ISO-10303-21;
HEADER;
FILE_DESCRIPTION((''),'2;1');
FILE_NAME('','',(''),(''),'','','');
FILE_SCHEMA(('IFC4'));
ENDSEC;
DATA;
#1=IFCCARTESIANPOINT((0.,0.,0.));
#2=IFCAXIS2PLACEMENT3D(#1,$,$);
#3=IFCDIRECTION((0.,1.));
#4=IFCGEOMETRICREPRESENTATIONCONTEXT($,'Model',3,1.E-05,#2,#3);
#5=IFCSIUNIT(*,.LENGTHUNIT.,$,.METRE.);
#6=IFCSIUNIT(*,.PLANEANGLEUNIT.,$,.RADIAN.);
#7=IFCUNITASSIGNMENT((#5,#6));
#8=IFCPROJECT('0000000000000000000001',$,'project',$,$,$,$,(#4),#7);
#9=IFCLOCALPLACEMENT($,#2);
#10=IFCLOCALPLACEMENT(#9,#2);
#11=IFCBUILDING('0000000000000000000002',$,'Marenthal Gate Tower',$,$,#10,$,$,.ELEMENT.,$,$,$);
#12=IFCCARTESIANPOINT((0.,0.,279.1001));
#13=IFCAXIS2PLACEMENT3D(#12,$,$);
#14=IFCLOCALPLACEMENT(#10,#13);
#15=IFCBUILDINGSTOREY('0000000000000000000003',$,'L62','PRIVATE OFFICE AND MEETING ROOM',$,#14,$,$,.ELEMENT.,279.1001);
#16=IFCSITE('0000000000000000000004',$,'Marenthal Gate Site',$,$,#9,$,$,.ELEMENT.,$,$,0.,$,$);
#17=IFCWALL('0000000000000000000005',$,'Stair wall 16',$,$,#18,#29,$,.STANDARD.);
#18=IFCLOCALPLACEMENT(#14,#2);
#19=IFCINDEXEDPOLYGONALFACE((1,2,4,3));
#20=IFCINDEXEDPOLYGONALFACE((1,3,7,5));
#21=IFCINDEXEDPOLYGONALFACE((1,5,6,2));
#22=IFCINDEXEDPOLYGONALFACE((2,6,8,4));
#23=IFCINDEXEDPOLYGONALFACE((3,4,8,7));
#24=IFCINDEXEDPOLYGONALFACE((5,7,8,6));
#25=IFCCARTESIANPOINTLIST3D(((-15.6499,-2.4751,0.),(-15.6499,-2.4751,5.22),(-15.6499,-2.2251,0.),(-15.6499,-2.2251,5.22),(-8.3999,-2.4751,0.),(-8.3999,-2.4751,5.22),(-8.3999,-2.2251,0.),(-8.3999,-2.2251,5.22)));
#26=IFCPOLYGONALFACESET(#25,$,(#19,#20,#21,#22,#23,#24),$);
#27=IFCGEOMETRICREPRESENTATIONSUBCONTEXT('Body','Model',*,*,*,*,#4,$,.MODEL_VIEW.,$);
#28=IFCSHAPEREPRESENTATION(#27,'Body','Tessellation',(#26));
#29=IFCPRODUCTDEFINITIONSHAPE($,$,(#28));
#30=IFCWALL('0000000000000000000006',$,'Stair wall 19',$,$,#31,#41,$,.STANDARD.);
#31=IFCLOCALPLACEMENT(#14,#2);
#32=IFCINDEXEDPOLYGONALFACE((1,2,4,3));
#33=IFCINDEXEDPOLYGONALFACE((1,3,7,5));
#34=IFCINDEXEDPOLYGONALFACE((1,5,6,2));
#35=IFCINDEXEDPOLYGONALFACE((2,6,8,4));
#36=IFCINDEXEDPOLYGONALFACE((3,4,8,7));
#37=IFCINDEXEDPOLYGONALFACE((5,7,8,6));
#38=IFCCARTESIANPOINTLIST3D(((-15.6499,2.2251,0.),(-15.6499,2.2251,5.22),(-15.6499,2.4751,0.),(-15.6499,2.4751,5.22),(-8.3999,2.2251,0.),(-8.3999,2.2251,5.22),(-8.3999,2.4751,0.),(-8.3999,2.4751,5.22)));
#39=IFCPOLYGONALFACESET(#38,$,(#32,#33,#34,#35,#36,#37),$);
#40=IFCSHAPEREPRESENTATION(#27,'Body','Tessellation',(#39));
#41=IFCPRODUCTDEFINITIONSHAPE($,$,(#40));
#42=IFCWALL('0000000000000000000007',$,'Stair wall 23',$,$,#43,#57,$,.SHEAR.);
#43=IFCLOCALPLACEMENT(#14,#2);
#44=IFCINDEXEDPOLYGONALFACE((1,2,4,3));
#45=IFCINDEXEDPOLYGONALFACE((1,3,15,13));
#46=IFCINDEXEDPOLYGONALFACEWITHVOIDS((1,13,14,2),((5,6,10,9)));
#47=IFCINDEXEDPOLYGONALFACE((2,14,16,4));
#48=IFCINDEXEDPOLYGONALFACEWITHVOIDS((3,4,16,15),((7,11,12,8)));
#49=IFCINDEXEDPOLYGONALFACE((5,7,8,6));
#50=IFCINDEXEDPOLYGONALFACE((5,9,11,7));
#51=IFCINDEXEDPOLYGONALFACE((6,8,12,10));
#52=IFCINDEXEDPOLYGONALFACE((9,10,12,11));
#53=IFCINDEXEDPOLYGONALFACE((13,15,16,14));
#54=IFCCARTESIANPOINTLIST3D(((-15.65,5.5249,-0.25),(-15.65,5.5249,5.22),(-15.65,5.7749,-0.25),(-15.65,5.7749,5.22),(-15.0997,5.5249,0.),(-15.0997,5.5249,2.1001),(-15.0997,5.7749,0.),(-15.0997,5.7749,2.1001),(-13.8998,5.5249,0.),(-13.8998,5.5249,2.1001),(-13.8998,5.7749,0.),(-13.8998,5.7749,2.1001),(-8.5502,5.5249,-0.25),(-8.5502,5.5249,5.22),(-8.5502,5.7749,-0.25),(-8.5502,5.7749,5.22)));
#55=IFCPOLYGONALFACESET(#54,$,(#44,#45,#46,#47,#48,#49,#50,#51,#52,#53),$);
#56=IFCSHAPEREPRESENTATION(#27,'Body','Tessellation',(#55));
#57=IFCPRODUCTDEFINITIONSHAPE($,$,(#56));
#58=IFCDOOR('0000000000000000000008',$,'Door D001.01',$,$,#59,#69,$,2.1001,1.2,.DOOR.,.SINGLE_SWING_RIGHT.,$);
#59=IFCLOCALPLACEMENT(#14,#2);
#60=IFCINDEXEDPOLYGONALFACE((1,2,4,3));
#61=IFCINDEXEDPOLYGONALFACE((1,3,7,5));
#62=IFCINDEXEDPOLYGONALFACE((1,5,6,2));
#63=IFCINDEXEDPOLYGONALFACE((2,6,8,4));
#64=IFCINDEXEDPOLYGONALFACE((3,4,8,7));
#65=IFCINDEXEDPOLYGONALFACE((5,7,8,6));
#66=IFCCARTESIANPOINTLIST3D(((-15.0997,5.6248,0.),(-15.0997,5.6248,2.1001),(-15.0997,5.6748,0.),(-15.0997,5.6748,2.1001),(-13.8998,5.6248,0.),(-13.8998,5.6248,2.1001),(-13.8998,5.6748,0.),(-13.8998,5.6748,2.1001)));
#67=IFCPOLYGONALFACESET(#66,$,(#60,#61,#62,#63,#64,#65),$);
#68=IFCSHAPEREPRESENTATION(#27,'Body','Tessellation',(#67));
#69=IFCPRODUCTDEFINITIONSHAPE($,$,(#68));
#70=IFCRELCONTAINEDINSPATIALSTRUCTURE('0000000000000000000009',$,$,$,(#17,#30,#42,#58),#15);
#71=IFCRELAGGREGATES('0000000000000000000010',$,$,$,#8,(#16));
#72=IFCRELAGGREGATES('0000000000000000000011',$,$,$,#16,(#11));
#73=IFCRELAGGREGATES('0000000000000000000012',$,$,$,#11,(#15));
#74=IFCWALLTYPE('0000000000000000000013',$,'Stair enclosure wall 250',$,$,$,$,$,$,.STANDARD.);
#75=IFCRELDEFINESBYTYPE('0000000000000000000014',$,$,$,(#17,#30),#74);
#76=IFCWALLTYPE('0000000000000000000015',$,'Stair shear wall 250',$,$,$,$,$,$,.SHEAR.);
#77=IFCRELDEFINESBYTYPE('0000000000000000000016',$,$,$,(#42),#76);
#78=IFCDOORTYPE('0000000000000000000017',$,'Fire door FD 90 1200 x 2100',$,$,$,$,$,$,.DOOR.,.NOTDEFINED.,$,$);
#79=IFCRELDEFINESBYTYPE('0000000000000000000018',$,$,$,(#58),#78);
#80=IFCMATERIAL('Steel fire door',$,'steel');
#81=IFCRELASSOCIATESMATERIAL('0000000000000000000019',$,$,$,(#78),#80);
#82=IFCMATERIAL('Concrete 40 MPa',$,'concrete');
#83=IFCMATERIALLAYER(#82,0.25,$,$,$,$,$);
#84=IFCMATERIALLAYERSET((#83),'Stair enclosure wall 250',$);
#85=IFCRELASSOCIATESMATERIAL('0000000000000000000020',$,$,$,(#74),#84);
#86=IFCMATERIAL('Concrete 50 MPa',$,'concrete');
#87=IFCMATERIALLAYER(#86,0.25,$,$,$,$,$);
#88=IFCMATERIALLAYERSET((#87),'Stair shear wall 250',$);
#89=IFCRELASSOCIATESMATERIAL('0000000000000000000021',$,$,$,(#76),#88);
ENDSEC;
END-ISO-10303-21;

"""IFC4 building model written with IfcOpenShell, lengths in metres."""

from ifc_helpers import new_model, si_unit, direction, frame, frame_2d, origin, place, context, subcontext, project, spatial, rectangle, extrude, material, layer, layer_set, type_object, element, fill, save


model = new_model("IFC4")

# Units and contexts
model_context = context("Model", 3, precision=1e-05, world=origin(), true_north=direction((0.0, 1.0)))
body_context = subcontext(model_context, "Body", "Model", "MODEL_VIEW")
ifc_project = project(units=[si_unit("LENGTHUNIT", "METRE"), si_unit("PLANEANGLEUNIT", "RADIAN")], contexts=[model_context])

# Site, building, storey
site_placement = place(None, origin())
site = spatial("IfcSite", under=ifc_project, at=site_placement, Name="Marenthal Gate Site", CompositionType="ELEMENT", RefElevation=0.0)
building_placement = place(site_placement, origin())
building = spatial("IfcBuilding", under=site, at=building_placement, Name="Marenthal Gate Tower", CompositionType="ELEMENT")
storey_placement = place(building_placement, frame((0.0, 0.0, 279.1001)))
storey = spatial("IfcBuildingStorey", under=building, at=storey_placement, Name="L62", Description="PRIVATE OFFICE AND MEETING ROOM", CompositionType="ELEMENT", Elevation=279.1001)

# Shared definitions
ifc_material_1 = material(Name="Steel fire door", Category="steel")
door_type_1 = type_object("IfcDoorType", Name="Fire door FD 90 1200 x 2100", OperationType="NOTDEFINED", PredefinedType="DOOR", material=ifc_material_1)

# Walls
ifc_material_2 = material(Name="Concrete 40 MPa", Category="concrete")
ifc_layer_1 = layer(ifc_material_2, 0.25)
ifc_layer_set_1 = layer_set([ifc_layer_1], Name="Stair enclosure wall 250")
wall_type_1 = type_object("IfcWallType", Name="Stair enclosure wall 250", PredefinedType="STANDARD", material=ifc_layer_set_1)
for number, where, z_axis, x_axis, name in (
    (1, (-15.6499, -2.3501, 0.0), (0.0, 0.0, 1.0), (1.0, 0.0, 0.0), "Stair wall 16"),
    (2, (-15.6499, 2.3501, 0.0), (0.0, 0.0, 1.0), (1.0, 0.0, 0.0), "Stair wall 19"),
):
    element("IfcWall", number, at=place(storey_placement, frame(where, z_axis=z_axis, x_axis=x_axis)), inside=storey, type_object=wall_type_1, Name=name, PredefinedType="STANDARD", context=body_context, shape_type="SweptSolid", body=[
        extrude(rectangle(XDim=7.25, YDim=0.25, at=frame_2d((3.625, 0.0))), origin(), (0.0, 0.0, 1.0), 5.22),
    ])

# Wall, opening, door
ifc_material_3 = material(Name="Concrete 50 MPa", Category="concrete")
ifc_layer_2 = layer(ifc_material_3, 0.25)
ifc_layer_set_2 = layer_set([ifc_layer_2], Name="Stair shear wall 250")
wall_type_2 = type_object("IfcWallType", Name="Stair shear wall 250", PredefinedType="SHEAR", material=ifc_layer_set_2)
wall_1_placement = place(storey_placement, frame((-15.6499, 5.6499, -0.25), z_axis=(0.0, 0.0, 1.0), x_axis=(1.0, 0.0, 0.0)))
wall_1 = element("IfcWall", 3, at=wall_1_placement, inside=storey, type_object=wall_type_2, Name="Stair wall 23", PredefinedType="SHEAR", context=body_context, shape_type="SweptSolid", body=[
    extrude(rectangle(XDim=7.0999, YDim=0.25, at=frame_2d((3.5498, 0.0))), origin(), (0.0, 0.0, 1.0), 5.47),
])
opening_1_placement = place(wall_1_placement, frame((0.55, 0.0, 0.25)))
opening_1 = element("IfcOpeningElement", 4, at=opening_1_placement, cuts=wall_1, PredefinedType="OPENING", context=body_context, shape_type="SweptSolid", body=[
    extrude(rectangle(XDim=1.2, YDim=2.1001, at=frame_2d((0.6001, 1.05))), frame((0.0, 0.135, 0.0), z_axis=(0.0, -1.0, 0.0), x_axis=(1.0, 0.0, 0.0)), (0.0, 0.0, 1.0), 0.27),
])
door_1_placement = place(opening_1_placement, origin())
door_1 = element("IfcDoor", 5, at=door_1_placement, inside=storey, type_object=door_type_1, Name="Door D001.01", OperationType="SINGLE_SWING_RIGHT", OverallHeight=2.1001, OverallWidth=1.2, PredefinedType="DOOR", context=body_context, shape_type="SweptSolid", body=[
    extrude(rectangle(XDim=1.2, YDim=2.1001, at=frame_2d((0.6001, 1.05))), frame((0.0, 0.0249, 0.0), z_axis=(0.0, -1.0, 0.0), x_axis=(1.0, 0.0, 0.0)), (0.0, 0.0, 1.0), 0.05),
])
fill(opening_1, door_1)

save(model, "model.ifc")
